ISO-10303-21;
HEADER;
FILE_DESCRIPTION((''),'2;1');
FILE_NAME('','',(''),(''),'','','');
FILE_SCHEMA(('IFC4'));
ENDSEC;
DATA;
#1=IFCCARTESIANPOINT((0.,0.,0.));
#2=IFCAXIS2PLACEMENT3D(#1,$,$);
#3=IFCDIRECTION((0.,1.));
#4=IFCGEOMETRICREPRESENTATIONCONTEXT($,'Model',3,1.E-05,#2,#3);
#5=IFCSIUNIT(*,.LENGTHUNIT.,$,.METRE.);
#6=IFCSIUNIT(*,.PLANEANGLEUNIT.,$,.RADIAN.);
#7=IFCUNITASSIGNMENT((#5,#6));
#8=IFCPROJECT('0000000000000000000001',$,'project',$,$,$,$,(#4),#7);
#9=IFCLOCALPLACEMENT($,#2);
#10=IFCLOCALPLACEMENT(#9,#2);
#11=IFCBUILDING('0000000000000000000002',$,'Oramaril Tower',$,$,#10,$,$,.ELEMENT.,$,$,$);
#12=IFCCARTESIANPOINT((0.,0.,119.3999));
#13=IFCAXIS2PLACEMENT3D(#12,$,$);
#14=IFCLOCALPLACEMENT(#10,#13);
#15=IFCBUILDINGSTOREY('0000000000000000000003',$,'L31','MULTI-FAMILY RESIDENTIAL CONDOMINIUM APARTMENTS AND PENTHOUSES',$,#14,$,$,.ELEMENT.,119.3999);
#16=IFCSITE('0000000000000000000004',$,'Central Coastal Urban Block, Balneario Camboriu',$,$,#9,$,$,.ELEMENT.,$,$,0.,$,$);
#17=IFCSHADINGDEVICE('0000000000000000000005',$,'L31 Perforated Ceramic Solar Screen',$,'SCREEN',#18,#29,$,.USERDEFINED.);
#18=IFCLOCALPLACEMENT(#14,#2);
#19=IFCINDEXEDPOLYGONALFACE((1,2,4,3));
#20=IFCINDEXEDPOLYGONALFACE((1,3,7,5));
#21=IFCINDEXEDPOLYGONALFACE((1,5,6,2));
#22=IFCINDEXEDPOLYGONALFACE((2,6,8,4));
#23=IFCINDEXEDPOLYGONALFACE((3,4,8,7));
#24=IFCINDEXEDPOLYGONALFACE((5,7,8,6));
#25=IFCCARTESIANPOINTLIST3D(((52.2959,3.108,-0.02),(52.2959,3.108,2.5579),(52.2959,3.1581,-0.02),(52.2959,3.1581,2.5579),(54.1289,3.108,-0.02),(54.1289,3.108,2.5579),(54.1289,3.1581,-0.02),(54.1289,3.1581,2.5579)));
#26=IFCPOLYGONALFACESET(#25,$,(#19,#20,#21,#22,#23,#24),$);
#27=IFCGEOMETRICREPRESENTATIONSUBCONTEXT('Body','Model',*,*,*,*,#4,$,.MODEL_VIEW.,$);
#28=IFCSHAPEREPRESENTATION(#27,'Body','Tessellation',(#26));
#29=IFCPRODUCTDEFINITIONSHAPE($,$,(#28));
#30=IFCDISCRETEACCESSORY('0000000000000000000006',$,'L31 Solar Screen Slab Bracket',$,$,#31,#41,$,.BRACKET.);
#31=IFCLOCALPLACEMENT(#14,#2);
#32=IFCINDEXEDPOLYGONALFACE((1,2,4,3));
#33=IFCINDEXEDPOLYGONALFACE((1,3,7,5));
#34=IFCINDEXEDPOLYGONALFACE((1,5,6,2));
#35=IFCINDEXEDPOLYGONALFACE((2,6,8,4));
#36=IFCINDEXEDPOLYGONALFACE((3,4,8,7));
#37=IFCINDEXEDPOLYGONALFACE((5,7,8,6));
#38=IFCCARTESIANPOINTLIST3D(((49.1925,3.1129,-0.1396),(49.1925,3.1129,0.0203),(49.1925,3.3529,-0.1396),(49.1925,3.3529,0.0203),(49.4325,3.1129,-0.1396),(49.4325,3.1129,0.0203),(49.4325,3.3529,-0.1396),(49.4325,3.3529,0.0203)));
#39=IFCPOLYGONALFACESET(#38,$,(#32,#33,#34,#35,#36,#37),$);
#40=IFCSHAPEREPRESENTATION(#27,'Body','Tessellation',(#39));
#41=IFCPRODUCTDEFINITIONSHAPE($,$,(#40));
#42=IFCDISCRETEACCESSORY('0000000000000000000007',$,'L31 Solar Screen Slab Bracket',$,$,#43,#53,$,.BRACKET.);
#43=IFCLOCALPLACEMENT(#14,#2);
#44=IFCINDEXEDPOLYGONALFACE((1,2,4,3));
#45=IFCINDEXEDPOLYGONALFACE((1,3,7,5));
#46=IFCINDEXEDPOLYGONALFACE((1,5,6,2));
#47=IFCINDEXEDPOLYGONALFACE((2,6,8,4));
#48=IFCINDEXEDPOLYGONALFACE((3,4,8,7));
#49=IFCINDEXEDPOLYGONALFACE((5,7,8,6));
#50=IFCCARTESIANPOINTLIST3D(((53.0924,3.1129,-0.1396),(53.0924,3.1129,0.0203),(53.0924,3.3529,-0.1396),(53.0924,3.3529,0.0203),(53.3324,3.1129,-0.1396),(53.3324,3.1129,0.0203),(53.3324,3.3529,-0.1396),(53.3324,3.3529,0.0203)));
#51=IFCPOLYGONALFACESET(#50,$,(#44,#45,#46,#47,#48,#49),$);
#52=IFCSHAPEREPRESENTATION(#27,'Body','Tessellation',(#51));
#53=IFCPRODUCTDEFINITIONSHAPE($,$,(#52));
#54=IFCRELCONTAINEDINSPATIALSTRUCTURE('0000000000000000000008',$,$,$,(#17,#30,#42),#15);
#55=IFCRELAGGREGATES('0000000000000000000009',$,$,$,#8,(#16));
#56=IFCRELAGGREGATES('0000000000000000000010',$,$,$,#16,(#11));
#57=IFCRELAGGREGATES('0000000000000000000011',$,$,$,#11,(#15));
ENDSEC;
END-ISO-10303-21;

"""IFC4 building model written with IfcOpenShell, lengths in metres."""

from ifc_helpers import new_model, si_unit, direction, frame, origin, origin_2d, place, context, subcontext, project, spatial, rectangle, extrude, element, save


model = new_model("IFC4")

# Units and contexts
model_context = context("Model", 3, precision=1e-05, world=origin(), true_north=direction((0.0, 1.0)))
body_context = subcontext(model_context, "Body", "Model", "MODEL_VIEW")
ifc_project = project(units=[si_unit("LENGTHUNIT", "METRE"), si_unit("PLANEANGLEUNIT", "RADIAN")], contexts=[model_context])

# Site, building, storey
site_placement = place(None, origin())
site = spatial("IfcSite", under=ifc_project, at=site_placement, Name="Central Coastal Urban Block, Balneario Camboriu", CompositionType="ELEMENT", RefElevation=0.0)
building_placement = place(site_placement, origin())
building = spatial("IfcBuilding", under=site, at=building_placement, Name="Oramaril Tower", CompositionType="ELEMENT")
storey_placement = place(building_placement, frame((0.0, 0.0, 119.3999)))
storey = spatial("IfcBuildingStorey", under=building, at=storey_placement, Name="L31", Description="MULTI-FAMILY RESIDENTIAL CONDOMINIUM APARTMENTS AND PENTHOUSES", CompositionType="ELEMENT", Elevation=119.3999)

# Shading device
for number, where, z_axis, x_axis, name in (
    (1, (53.2124, 3.1331, -0.02), (0.0, 0.0, 1.0), (1.0, 0.0, 0.0), "L31 Perforated Ceramic Solar Screen"),
):
    element("IfcShadingDevice", number, at=place(storey_placement, frame(where, z_axis=z_axis, x_axis=x_axis)), inside=storey, Name=name, ObjectType="SCREEN", PredefinedType="USERDEFINED", context=body_context, shape_type="SweptSolid", body=[
        extrude(rectangle(XDim=1.833, YDim=0.05, at=origin_2d()), origin(), (0.0, 0.0, 1.0), 2.5779),
    ])

# Discrete accessories
for number, where, z_axis, x_axis, name in (
    (2, (49.3125, 3.2329, -0.1396), (0.0, 0.0, 1.0), (1.0, 0.0, 0.0), "L31 Solar Screen Slab Bracket"),
    (3, (53.2124, 3.2329, -0.1396), (0.0, 0.0, 1.0), (1.0, 0.0, 0.0), "L31 Solar Screen Slab Bracket"),
):
    element("IfcDiscreteAccessory", number, at=place(storey_placement, frame(where, z_axis=z_axis, x_axis=x_axis)), inside=storey, Name=name, PredefinedType="BRACKET", context=body_context, shape_type="SweptSolid", body=[
        extrude(rectangle(XDim=0.24, YDim=0.24, at=origin_2d()), origin(), (0.0, 0.0, 1.0), 0.1599),
    ])

save(model, "model.ifc")
